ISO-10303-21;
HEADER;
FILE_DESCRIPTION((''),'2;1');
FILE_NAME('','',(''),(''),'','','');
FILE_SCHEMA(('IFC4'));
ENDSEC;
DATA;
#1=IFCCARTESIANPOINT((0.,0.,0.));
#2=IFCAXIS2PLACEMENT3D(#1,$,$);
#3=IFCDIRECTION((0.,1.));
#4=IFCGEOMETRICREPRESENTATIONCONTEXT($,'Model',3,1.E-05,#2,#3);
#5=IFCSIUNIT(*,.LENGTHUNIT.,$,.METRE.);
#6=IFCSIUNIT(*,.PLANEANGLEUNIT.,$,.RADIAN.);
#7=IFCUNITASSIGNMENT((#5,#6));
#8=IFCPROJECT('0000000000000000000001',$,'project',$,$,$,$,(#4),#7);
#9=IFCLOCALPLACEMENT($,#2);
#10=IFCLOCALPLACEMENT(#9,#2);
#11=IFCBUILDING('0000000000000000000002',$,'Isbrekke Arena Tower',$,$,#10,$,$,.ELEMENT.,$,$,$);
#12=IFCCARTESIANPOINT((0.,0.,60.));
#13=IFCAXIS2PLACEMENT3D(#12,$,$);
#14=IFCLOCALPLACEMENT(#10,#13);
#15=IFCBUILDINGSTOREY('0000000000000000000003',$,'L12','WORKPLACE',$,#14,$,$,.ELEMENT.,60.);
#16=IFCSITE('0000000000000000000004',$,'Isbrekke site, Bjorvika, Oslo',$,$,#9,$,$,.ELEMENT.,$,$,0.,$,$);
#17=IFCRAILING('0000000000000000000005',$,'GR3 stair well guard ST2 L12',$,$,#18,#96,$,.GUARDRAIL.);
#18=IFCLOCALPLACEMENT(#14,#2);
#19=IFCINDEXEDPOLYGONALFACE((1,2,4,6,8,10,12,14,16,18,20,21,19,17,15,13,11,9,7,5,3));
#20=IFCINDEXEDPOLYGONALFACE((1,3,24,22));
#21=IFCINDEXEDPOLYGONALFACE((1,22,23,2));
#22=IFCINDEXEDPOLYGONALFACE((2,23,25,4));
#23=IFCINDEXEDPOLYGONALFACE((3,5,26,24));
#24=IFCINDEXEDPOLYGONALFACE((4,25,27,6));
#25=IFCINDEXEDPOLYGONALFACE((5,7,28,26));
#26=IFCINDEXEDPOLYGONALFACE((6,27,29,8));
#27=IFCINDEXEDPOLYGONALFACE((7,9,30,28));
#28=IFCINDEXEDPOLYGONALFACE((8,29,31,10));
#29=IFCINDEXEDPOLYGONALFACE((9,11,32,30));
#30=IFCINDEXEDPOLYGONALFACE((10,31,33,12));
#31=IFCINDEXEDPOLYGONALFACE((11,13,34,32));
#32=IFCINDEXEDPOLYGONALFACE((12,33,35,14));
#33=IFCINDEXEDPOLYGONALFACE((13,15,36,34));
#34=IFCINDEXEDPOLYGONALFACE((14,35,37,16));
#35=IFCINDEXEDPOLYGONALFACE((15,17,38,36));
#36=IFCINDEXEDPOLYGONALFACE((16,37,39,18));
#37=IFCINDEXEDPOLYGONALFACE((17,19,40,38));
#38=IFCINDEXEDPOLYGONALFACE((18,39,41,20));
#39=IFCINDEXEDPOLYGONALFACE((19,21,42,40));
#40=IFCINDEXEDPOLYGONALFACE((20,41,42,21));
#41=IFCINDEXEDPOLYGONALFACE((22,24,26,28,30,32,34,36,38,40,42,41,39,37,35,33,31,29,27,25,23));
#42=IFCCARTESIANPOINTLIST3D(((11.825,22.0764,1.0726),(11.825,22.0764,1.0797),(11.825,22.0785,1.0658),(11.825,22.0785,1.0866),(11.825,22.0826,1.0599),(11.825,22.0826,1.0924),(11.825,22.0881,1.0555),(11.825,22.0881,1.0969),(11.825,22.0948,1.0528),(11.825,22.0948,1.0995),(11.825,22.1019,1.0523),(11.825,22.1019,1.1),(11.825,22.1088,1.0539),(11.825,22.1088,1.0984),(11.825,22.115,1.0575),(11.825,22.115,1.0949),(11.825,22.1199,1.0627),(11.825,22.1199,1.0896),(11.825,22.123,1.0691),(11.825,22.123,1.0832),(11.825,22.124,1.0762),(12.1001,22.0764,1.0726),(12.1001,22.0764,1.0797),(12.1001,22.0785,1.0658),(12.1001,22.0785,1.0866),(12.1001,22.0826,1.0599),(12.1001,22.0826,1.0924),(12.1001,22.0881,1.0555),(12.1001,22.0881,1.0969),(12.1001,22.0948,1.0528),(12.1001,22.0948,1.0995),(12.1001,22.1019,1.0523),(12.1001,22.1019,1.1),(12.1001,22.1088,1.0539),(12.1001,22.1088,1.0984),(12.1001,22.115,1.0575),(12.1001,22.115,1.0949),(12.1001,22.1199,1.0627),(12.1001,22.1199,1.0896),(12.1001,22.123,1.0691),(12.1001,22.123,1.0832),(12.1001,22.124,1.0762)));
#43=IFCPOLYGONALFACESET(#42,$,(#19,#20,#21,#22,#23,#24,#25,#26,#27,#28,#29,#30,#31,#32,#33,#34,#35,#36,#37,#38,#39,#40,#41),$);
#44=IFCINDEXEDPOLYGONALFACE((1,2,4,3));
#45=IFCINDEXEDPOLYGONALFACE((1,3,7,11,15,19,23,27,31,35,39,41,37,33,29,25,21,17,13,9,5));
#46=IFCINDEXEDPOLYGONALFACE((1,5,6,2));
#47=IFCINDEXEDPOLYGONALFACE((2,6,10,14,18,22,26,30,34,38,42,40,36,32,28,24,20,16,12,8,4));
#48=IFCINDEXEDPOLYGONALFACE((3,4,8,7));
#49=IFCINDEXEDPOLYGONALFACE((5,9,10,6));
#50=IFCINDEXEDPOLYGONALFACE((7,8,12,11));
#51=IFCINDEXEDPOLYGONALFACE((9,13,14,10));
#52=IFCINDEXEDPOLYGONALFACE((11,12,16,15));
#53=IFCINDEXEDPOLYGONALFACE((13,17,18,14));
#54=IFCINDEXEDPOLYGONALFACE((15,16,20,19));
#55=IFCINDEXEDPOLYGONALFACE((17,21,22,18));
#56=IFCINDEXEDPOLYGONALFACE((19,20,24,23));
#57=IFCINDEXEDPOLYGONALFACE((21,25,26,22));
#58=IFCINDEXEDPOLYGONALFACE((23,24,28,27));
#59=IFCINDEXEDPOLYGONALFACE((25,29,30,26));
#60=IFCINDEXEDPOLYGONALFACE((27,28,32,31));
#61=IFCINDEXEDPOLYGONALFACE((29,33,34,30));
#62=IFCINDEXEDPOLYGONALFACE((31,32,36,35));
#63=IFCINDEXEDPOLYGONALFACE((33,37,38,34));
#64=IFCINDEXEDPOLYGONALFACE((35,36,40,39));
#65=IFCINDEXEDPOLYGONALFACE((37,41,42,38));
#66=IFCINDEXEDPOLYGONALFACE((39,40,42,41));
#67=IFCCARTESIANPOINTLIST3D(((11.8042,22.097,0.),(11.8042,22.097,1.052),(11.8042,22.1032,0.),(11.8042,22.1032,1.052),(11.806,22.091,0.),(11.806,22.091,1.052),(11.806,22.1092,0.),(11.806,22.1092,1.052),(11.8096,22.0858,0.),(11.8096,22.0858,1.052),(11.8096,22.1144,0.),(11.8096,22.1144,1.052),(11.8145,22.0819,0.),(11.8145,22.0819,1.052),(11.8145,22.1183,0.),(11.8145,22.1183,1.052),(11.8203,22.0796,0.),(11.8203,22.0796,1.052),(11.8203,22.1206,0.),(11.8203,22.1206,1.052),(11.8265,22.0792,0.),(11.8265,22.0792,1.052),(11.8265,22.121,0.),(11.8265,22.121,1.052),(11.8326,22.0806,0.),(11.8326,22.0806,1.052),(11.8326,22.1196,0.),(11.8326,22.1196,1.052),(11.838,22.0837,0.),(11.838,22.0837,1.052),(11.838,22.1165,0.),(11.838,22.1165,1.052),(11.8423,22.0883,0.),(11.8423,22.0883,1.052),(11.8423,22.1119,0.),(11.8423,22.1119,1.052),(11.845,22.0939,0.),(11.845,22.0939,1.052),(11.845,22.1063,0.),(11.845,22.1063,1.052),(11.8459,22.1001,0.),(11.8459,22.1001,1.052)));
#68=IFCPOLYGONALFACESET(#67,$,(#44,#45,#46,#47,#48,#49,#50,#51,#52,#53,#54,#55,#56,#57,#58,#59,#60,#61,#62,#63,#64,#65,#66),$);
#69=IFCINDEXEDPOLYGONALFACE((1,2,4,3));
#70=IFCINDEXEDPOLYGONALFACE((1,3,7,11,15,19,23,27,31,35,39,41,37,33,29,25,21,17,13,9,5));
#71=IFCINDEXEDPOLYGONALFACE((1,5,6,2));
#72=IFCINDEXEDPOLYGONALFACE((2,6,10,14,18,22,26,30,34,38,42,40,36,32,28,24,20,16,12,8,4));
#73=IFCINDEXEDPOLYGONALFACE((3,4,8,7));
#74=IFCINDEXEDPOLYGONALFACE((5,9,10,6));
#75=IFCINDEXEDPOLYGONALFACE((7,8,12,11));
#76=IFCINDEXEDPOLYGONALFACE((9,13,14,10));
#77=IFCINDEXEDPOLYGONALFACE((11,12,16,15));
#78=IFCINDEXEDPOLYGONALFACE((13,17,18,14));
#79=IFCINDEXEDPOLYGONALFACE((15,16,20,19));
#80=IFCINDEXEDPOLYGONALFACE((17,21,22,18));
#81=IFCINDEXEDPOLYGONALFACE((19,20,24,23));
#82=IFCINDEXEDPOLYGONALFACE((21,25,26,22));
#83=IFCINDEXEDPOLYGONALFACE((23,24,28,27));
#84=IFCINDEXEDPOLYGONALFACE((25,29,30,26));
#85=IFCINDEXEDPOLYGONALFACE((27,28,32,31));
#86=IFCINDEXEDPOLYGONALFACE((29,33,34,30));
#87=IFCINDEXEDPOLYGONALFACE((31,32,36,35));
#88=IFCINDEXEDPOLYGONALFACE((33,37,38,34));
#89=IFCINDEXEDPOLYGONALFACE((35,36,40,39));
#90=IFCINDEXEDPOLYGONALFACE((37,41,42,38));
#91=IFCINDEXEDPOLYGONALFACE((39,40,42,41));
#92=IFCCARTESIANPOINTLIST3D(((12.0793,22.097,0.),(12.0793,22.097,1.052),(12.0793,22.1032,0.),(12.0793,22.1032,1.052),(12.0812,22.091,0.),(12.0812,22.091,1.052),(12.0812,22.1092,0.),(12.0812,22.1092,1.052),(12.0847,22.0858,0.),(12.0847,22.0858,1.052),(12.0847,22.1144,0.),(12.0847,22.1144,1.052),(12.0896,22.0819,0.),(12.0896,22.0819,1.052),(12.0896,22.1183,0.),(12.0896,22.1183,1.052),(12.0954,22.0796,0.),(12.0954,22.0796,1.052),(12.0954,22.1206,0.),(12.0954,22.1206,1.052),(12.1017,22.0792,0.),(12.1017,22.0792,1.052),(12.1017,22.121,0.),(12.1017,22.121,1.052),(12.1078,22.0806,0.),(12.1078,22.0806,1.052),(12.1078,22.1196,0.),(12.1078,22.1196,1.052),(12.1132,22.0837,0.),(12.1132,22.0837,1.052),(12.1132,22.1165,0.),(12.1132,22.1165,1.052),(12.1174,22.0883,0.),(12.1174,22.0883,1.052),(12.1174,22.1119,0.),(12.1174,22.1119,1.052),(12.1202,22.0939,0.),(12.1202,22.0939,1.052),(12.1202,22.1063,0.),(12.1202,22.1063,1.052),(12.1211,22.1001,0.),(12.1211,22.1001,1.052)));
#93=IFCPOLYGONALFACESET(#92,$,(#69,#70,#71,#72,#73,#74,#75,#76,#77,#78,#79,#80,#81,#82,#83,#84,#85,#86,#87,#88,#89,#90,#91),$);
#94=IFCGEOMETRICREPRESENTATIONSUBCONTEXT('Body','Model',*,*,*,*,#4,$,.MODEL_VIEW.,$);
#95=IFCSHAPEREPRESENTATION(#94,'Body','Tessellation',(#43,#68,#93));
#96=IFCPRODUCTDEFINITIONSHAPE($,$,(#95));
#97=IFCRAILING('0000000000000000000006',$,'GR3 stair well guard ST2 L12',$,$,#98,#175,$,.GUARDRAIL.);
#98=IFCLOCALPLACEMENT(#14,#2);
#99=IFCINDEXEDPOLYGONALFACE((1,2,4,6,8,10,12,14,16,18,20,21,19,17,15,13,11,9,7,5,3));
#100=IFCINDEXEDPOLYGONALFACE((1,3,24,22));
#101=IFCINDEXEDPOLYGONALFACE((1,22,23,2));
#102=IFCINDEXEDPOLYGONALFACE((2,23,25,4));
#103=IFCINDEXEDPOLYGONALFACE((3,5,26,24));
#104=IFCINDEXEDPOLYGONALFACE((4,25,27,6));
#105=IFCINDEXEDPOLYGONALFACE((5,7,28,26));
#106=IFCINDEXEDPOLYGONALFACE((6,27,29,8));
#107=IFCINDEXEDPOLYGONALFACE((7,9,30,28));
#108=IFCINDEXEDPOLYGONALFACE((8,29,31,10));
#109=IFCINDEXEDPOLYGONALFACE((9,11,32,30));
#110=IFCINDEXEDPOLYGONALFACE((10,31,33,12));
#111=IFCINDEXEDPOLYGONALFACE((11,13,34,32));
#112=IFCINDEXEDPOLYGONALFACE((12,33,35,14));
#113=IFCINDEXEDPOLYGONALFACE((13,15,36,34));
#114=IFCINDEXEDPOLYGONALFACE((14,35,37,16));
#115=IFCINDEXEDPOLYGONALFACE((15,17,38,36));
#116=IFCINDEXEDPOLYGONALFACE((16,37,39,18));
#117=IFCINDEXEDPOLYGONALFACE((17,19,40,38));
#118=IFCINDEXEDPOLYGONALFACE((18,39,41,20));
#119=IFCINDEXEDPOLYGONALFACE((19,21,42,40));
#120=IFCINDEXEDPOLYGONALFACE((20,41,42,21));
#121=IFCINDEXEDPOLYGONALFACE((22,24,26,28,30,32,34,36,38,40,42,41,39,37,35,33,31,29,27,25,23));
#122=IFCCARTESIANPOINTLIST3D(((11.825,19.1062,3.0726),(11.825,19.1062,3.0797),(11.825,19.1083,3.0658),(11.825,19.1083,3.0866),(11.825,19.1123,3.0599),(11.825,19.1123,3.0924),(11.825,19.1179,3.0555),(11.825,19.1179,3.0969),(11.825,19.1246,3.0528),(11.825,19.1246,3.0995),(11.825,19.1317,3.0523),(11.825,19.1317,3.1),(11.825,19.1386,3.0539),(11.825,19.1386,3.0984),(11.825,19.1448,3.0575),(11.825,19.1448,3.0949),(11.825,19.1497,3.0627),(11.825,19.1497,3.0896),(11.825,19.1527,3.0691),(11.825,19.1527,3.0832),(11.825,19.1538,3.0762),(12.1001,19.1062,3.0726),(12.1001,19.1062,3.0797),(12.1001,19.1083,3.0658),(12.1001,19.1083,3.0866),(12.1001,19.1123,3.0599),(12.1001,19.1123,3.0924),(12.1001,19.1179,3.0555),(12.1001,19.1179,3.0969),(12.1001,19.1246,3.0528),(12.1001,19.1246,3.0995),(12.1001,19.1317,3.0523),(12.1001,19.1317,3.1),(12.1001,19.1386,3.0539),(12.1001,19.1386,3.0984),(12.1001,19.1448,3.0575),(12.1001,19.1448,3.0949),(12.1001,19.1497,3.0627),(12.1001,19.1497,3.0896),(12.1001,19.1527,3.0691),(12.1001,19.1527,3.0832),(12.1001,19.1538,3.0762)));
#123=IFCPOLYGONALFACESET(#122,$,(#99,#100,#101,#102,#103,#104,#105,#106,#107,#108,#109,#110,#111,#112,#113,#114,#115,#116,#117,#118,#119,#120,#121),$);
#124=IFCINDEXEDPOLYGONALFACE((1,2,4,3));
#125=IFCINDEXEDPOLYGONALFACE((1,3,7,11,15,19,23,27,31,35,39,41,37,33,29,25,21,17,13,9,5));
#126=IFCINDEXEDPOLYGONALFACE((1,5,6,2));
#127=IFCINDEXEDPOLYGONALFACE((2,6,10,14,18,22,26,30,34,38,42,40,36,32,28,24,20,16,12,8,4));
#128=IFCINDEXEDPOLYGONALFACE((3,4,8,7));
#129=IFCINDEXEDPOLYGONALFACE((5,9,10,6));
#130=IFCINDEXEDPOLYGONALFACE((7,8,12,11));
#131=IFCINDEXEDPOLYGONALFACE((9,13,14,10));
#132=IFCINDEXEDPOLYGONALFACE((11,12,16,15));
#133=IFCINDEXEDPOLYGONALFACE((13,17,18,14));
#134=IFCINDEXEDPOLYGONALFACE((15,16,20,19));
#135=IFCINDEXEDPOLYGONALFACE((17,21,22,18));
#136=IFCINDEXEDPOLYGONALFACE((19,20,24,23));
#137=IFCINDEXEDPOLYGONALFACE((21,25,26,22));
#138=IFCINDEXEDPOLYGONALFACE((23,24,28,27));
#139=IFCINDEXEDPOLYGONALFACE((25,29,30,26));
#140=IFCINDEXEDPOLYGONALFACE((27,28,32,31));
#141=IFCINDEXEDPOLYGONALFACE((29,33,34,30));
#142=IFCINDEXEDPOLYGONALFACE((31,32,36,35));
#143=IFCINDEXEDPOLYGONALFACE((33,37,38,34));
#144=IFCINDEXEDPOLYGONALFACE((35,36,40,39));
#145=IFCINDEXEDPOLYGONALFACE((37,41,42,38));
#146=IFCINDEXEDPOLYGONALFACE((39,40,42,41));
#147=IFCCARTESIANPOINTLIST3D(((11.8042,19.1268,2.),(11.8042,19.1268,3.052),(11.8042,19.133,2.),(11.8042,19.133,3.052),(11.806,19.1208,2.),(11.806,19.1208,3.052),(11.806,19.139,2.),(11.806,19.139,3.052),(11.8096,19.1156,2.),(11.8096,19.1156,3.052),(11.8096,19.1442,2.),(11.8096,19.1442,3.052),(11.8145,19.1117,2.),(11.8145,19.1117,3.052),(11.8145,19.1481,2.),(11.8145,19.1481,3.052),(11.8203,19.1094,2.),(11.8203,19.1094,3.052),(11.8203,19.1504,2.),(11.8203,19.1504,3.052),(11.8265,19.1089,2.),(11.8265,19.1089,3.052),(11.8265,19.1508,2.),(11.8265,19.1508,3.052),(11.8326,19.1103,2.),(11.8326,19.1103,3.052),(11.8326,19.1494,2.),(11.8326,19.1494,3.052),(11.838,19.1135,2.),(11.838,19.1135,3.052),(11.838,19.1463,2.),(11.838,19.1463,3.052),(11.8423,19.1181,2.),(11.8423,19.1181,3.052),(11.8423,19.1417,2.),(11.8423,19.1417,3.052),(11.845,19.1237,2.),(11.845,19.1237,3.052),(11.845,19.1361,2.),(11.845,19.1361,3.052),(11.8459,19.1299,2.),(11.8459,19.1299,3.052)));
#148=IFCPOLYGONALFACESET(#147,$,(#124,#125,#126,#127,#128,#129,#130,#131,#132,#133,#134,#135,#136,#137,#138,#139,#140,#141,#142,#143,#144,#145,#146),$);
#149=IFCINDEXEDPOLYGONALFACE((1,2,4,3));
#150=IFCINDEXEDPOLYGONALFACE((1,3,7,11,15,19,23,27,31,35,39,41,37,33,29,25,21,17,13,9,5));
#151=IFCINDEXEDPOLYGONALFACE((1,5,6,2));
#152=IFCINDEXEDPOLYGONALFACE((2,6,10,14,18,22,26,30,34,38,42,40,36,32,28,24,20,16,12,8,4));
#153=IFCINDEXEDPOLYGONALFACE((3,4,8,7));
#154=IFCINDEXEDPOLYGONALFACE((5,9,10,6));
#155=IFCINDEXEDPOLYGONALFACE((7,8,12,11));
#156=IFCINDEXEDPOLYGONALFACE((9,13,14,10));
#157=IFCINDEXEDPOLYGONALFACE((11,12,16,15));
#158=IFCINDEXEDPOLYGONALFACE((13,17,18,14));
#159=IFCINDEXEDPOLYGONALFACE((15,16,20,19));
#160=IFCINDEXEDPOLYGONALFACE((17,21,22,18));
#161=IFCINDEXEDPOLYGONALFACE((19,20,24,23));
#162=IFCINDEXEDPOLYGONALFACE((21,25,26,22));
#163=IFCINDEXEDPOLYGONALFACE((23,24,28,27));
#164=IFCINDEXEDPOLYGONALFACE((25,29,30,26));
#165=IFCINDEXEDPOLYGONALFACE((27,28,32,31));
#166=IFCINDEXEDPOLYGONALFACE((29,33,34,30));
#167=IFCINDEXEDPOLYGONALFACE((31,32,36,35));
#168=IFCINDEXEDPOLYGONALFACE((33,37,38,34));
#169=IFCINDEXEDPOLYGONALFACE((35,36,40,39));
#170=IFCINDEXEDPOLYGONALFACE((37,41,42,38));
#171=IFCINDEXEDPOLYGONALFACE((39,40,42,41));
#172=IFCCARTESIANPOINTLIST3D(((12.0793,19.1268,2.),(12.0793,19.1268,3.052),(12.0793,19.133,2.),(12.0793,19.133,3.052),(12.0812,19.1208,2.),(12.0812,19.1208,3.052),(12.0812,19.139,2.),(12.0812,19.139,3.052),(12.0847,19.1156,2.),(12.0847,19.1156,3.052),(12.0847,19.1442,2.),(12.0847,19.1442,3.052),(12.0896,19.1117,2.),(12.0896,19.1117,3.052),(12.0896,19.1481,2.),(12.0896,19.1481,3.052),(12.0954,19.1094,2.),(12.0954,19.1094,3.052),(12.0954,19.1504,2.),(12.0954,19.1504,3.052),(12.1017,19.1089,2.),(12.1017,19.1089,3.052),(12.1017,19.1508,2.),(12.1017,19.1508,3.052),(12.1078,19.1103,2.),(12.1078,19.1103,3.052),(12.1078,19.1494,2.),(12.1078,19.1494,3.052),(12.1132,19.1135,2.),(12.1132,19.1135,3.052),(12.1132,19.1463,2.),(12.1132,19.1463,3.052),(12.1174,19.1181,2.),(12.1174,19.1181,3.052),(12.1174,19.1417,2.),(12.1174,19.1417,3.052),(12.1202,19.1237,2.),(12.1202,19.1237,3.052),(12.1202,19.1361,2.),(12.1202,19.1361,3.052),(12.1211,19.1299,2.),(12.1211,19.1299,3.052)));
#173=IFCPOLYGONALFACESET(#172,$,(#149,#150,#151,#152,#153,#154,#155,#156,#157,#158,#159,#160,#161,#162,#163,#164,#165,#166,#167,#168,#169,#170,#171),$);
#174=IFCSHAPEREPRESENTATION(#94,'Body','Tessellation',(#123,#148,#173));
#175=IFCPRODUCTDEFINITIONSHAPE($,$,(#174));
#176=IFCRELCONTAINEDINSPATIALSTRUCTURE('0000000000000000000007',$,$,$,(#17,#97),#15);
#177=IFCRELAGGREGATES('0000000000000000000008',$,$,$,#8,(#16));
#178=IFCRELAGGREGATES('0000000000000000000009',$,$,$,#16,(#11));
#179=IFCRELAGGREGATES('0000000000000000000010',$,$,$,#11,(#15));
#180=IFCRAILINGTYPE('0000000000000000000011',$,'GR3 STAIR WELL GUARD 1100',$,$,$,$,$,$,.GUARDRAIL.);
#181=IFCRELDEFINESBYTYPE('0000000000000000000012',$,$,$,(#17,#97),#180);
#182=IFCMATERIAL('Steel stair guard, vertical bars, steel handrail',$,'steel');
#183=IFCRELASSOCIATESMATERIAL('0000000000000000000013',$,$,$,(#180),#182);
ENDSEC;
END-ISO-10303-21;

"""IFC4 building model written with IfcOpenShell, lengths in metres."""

from ifc_helpers import new_model, si_unit, direction, frame, origin, origin_2d, place, context, subcontext, project, spatial, circle, extrude, material, type_object, element, save


model = new_model("IFC4")

# Units and contexts
model_context = context("Model", 3, precision=1e-05, world=origin(), true_north=direction((0.0, 1.0)))
body_context = subcontext(model_context, "Body", "Model", "MODEL_VIEW")
ifc_project = project(units=[si_unit("LENGTHUNIT", "METRE"), si_unit("PLANEANGLEUNIT", "RADIAN")], contexts=[model_context])

# Site, building, storey
site_placement = place(None, origin())
site = spatial("IfcSite", under=ifc_project, at=site_placement, Name="Isbrekke site, Bjorvika, Oslo", CompositionType="ELEMENT", RefElevation=0.0)
building_placement = place(site_placement, origin())
building = spatial("IfcBuilding", under=site, at=building_placement, Name="Isbrekke Arena Tower", CompositionType="ELEMENT")
storey_placement = place(building_placement, frame((0.0, 0.0, 60.0)))
storey = spatial("IfcBuildingStorey", under=building, at=storey_placement, Name="L12", Description="WORKPLACE", CompositionType="ELEMENT", Elevation=60.0)

# Railings
ifc_material_1 = material(Name="Steel stair guard, vertical bars, steel handrail", Category="steel")
railing_type = type_object("IfcRailingType", Name="GR3 STAIR WELL GUARD 1100", PredefinedType="GUARDRAIL", material=ifc_material_1)
for number, where, name in (
    (1, (11.825, 22.1001, 0.0), "GR3 stair well guard ST2 L12"),
    (2, (11.825, 19.1299, 2.0), "GR3 stair well guard ST2 L12"),
):
    element("IfcRailing", number, at=place(storey_placement, frame(where)), inside=storey, type_object=railing_type, Name=name, PredefinedType="GUARDRAIL", context=body_context, shape_type="SweptSolid", body=[
        extrude(circle(Radius=0.0239, at=origin_2d()), frame((0.0, 0.0, 1.0762), z_axis=(1.0, 0.0, 0.0), x_axis=(0.0, 1.0, 0.0)), (0.0, 0.0, 1.0), 0.2751),
        extrude(circle(Radius=0.021, at=origin_2d()), origin(), (0.0, 0.0, 1.0), 1.052),
        extrude(circle(Radius=0.021, at=origin_2d()), frame((0.2751, 0.0, 0.0)), (0.0, 0.0, 1.0), 1.052),
    ])

save(model, "model.ifc")
